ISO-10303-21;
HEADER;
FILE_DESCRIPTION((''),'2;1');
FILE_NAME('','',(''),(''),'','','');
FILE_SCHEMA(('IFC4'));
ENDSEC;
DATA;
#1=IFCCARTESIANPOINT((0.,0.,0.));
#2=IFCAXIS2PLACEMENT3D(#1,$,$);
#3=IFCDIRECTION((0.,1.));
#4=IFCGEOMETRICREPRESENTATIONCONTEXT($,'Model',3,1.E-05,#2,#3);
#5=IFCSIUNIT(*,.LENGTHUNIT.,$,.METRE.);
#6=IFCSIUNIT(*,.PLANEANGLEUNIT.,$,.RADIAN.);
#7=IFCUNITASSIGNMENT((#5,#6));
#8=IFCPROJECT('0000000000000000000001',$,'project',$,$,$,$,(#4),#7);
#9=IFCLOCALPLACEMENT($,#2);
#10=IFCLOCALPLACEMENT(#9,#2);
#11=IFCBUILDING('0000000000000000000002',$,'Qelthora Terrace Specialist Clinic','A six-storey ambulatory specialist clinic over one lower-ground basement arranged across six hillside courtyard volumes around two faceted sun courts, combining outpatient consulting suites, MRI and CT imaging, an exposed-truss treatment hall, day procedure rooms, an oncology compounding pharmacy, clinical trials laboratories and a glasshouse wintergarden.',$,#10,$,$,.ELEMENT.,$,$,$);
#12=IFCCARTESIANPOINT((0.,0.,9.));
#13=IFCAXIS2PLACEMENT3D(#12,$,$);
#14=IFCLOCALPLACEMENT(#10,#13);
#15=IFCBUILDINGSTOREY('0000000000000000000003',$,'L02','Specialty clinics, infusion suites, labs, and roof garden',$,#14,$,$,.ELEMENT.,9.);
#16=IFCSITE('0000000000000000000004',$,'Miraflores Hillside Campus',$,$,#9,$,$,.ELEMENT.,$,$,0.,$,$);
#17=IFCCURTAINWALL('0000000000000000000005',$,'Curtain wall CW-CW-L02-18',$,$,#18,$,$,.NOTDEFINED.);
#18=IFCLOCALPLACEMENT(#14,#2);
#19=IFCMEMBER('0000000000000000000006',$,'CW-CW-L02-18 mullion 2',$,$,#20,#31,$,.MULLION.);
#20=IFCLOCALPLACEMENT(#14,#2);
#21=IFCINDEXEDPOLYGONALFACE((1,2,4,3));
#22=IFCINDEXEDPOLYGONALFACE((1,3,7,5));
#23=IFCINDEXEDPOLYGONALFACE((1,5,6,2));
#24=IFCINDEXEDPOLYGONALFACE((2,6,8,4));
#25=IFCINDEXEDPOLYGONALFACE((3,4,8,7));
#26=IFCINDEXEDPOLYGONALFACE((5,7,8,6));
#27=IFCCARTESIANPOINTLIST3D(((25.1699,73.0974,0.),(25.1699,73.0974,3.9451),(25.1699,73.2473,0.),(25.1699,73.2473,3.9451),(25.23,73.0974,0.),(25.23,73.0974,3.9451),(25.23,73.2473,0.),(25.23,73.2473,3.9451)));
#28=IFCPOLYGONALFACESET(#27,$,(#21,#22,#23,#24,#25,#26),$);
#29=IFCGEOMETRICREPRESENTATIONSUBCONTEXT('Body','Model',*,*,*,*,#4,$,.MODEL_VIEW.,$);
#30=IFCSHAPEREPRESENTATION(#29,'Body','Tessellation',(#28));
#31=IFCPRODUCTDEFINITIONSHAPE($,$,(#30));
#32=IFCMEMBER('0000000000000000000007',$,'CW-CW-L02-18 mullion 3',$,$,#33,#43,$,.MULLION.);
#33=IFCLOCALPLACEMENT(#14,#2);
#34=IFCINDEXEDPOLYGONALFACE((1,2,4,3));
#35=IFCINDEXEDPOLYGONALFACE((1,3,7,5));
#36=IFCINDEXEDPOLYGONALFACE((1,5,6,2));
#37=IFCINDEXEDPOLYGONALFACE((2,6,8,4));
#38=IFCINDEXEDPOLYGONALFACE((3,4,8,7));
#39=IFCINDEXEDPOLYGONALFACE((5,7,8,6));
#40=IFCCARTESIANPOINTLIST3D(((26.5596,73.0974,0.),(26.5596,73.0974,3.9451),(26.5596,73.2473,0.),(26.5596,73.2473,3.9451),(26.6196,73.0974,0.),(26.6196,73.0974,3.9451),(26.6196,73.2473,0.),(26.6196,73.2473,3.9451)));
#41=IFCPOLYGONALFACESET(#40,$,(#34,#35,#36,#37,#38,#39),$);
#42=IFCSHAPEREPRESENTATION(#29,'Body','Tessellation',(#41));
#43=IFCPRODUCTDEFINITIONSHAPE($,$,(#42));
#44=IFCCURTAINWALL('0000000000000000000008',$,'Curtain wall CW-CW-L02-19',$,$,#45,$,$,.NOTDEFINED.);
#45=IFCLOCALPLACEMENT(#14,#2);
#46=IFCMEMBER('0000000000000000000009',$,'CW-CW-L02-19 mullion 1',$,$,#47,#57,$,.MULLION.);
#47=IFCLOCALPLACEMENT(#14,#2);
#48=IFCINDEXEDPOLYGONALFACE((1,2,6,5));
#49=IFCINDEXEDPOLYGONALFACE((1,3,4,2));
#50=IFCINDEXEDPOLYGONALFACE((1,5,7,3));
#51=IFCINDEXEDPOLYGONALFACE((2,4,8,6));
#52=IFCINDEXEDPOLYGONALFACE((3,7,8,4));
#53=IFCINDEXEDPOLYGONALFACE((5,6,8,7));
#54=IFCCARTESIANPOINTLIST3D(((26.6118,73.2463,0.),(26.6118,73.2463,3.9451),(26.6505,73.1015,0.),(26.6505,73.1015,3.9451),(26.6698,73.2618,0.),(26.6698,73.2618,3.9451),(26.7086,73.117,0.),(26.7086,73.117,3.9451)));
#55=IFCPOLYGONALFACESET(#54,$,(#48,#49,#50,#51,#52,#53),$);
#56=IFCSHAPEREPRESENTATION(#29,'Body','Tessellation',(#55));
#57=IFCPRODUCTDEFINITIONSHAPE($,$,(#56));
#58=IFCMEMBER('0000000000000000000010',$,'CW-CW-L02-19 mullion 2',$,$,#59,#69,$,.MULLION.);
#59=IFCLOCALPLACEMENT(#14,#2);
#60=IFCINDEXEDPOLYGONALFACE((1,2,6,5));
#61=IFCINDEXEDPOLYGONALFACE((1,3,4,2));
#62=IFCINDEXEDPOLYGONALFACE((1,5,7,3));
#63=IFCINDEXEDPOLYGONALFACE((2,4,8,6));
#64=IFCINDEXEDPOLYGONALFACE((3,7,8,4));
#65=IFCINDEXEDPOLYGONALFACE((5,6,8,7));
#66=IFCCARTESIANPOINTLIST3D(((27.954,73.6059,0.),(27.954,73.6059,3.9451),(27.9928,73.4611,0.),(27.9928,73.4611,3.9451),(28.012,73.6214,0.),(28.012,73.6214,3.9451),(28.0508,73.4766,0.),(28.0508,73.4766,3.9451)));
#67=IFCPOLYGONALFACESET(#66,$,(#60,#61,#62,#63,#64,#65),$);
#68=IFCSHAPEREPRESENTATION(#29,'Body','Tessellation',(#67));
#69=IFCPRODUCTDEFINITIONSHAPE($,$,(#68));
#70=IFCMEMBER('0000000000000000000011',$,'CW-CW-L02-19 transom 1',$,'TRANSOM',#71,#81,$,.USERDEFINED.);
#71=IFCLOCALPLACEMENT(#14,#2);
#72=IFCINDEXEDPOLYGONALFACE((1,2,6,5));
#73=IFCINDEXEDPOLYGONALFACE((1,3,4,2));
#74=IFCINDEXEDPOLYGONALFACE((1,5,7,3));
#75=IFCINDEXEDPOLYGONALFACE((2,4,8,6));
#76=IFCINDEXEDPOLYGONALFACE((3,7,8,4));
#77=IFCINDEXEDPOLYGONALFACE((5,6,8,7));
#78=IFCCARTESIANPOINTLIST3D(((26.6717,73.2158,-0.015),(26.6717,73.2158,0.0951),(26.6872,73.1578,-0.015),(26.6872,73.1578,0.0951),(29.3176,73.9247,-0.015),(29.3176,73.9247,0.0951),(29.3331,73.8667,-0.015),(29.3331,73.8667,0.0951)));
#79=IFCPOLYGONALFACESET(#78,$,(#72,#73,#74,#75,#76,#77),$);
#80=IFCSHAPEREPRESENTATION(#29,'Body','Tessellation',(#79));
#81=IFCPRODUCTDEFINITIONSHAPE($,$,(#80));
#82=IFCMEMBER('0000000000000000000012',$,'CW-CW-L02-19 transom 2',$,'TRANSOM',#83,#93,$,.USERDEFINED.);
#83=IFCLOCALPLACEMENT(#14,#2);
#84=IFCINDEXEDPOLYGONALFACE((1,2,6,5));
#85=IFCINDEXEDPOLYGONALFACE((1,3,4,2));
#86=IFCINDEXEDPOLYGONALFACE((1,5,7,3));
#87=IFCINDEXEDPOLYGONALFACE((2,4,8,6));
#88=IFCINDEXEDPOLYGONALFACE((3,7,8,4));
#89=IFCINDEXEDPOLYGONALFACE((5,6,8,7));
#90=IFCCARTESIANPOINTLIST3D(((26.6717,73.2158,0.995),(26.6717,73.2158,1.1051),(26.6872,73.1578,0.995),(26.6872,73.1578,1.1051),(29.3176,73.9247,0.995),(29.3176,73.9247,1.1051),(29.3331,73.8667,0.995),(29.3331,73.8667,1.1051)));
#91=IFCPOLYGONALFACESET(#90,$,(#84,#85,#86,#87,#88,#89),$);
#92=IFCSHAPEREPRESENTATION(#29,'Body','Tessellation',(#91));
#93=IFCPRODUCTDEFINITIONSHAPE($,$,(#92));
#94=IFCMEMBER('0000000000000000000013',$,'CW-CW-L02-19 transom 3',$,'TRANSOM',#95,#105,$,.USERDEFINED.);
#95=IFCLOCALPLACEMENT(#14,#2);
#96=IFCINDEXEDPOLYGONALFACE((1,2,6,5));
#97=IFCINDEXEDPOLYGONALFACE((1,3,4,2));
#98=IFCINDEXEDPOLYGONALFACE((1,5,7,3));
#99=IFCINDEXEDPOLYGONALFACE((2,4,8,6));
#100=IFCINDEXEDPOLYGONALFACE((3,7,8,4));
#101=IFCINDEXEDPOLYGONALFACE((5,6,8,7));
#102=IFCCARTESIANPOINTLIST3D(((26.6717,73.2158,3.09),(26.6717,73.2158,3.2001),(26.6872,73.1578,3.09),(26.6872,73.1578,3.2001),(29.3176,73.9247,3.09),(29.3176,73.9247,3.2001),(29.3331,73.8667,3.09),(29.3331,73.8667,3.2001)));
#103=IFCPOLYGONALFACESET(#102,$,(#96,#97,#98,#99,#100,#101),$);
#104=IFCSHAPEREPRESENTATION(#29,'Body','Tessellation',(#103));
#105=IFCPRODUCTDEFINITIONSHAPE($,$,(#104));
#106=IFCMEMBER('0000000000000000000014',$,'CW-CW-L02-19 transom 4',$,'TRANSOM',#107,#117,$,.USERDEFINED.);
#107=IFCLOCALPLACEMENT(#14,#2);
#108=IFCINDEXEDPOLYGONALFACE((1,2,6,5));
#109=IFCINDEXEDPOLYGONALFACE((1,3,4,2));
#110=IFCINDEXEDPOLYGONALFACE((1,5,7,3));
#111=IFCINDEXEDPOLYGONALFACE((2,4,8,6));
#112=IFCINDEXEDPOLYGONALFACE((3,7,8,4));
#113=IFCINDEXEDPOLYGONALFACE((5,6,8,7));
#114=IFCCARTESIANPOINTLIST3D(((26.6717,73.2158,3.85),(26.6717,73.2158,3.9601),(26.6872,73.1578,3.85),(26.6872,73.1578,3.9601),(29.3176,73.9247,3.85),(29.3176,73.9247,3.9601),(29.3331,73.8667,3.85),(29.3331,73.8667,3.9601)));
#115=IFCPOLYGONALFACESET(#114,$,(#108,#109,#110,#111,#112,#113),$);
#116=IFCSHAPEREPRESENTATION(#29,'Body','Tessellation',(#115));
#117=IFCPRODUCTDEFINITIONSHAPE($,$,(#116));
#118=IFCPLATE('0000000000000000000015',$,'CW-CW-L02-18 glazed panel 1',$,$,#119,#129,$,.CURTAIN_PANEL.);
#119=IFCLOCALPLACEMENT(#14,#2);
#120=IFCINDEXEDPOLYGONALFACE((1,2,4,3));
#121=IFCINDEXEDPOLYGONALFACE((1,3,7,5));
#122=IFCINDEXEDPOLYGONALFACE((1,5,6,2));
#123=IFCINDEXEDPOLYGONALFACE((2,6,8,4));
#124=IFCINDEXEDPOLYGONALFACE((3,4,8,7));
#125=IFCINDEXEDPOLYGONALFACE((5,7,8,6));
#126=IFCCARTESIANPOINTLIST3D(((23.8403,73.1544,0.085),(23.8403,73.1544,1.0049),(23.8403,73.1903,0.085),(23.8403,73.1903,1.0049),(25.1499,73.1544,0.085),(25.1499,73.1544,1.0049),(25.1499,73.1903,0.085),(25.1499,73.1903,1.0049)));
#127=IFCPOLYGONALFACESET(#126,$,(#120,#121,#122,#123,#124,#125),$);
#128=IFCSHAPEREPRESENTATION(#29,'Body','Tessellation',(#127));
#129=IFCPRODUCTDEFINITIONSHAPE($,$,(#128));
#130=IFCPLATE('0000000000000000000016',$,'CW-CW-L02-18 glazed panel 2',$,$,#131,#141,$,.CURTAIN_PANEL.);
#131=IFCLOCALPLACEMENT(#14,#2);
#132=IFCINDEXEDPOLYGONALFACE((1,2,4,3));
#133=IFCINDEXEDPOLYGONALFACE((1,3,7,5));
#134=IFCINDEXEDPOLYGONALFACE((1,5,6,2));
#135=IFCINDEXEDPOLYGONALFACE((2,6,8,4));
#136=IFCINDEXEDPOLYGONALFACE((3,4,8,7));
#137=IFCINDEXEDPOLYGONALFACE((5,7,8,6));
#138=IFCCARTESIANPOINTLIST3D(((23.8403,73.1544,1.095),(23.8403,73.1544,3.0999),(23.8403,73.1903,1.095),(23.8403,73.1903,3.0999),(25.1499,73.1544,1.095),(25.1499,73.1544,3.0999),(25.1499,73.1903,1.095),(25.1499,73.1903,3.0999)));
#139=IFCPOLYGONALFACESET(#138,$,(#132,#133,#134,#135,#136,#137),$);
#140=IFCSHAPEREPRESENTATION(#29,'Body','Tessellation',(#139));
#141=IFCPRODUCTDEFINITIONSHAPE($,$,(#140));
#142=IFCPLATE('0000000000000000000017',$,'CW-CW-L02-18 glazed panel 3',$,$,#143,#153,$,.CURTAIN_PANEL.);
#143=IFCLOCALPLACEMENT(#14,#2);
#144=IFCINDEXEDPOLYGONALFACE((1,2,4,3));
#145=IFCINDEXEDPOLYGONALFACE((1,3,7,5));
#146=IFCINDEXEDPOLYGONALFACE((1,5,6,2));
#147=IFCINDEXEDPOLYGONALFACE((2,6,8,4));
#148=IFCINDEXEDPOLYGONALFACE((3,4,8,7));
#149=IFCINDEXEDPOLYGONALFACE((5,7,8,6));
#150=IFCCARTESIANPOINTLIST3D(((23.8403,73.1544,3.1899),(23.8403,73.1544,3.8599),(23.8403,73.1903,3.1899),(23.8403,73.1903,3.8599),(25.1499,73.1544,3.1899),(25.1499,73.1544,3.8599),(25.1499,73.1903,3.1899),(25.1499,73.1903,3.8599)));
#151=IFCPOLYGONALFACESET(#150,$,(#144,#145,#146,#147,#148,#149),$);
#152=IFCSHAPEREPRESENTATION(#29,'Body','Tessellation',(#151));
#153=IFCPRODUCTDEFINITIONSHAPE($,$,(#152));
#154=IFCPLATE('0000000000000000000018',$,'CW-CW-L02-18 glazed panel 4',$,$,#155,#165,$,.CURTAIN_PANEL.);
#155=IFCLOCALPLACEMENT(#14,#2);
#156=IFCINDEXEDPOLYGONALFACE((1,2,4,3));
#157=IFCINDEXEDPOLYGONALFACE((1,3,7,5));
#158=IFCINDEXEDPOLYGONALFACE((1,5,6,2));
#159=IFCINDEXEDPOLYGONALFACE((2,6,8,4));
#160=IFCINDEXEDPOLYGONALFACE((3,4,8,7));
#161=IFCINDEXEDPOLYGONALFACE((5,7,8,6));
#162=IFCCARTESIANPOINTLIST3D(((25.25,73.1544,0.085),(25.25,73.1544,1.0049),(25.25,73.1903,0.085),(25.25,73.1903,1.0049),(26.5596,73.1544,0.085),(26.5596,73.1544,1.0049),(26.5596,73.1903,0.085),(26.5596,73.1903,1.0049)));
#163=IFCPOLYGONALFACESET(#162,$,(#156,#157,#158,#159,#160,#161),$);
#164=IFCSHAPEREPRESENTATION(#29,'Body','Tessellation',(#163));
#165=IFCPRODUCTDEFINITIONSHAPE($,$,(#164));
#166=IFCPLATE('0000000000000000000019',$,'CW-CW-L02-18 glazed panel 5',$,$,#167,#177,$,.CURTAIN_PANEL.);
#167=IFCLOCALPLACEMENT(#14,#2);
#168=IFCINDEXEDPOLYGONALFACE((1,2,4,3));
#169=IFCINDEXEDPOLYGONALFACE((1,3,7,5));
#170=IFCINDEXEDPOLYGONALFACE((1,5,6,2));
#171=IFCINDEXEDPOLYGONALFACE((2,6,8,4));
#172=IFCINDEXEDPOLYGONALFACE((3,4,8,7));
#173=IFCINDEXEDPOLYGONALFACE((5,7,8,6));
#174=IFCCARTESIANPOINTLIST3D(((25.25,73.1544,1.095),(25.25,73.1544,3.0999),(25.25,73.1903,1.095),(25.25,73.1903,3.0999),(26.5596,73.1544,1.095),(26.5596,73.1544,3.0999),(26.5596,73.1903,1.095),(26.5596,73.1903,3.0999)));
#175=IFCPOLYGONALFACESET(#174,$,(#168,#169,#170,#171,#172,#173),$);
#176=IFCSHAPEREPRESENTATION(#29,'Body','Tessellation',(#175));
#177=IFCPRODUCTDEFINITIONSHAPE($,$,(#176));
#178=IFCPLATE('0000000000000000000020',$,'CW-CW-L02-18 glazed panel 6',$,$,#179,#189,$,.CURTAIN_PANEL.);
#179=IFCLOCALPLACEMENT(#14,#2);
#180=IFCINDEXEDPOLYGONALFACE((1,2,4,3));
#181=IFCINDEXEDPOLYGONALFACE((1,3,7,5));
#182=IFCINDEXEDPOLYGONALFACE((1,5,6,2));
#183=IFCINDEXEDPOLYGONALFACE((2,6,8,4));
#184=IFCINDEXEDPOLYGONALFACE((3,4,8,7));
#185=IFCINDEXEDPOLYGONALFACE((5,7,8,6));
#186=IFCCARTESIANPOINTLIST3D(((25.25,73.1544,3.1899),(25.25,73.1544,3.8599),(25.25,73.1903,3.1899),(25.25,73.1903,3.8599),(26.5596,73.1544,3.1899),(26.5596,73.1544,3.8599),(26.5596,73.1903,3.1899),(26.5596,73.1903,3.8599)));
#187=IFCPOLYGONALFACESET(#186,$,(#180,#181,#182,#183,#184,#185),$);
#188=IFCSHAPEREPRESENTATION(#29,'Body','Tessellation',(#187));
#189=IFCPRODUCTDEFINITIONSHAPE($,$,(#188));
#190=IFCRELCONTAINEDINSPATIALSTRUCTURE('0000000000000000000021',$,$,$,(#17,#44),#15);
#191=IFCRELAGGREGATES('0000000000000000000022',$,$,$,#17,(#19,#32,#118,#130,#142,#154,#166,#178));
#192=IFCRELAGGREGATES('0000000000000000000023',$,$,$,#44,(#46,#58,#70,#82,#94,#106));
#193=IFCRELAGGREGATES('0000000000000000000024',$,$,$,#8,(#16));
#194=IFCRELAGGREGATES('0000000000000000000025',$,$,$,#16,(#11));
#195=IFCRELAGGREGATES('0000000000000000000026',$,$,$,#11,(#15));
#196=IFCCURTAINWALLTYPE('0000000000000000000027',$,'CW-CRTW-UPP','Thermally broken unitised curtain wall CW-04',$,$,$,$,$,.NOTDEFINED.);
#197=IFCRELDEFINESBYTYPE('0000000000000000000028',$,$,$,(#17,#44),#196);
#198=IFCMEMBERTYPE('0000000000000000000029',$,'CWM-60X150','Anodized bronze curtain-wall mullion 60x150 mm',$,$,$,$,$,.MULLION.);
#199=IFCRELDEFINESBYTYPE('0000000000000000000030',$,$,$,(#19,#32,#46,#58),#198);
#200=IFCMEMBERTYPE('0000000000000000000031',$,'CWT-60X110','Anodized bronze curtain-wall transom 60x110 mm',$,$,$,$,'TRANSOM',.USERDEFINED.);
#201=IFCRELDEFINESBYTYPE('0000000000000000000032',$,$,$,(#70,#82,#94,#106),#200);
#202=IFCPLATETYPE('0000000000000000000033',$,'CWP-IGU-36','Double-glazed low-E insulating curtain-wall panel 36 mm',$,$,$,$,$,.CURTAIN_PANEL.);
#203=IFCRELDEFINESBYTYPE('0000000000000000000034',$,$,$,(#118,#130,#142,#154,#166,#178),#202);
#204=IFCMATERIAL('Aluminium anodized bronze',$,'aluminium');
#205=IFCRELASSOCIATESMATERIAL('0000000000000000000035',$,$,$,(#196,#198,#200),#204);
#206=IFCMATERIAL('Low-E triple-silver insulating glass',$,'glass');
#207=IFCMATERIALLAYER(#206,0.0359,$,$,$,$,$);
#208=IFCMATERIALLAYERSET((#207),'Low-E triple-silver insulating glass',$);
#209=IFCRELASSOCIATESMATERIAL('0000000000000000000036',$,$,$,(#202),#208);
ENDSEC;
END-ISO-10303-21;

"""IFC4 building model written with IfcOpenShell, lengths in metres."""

from ifc_helpers import new_model, si_unit, direction, frame, origin, origin_2d, place, context, subcontext, project, spatial, rectangle, extrude, material, layer, layer_set, material_profile, profile_set, type_object, element, aggregate, save


model = new_model("IFC4")

# Units and contexts
model_context = context("Model", 3, precision=1e-05, world=origin(), true_north=direction((0.0, 1.0)))
body_context = subcontext(model_context, "Body", "Model", "MODEL_VIEW")
ifc_project = project(units=[si_unit("LENGTHUNIT", "METRE"), si_unit("PLANEANGLEUNIT", "RADIAN")], contexts=[model_context])

# Site, building, storey
site_placement = place(None, origin())
site = spatial("IfcSite", under=ifc_project, at=site_placement, Name="Miraflores Hillside Campus", CompositionType="ELEMENT", RefElevation=0.0)
building_placement = place(site_placement, origin())
building = spatial("IfcBuilding", under=site, at=building_placement, Name="Qelthora Terrace Specialist Clinic", Description="A six-storey ambulatory specialist clinic over one lower-ground basement arranged across six hillside courtyard volumes around two faceted sun courts, combining outpatient consulting suites, MRI and CT imaging, an exposed-truss treatment hall, day procedure rooms, an oncology compounding pharmacy, clinical trials laboratories and a glasshouse wintergarden.", CompositionType="ELEMENT")
storey_placement = place(building_placement, frame((0.0, 0.0, 9.0)))
storey = spatial("IfcBuildingStorey", under=building, at=storey_placement, Name="L02", Description="Specialty clinics, infusion suites, labs, and roof garden", CompositionType="ELEMENT", Elevation=9.0)

# Curtain walls, members
ifc_material_1 = material(Name="Aluminium anodized bronze", Category="aluminium")
curtain_wall_type = type_object("IfcCurtainWallType", Name="CW-CRTW-UPP", Description="Thermally broken unitised curtain wall CW-04", PredefinedType="NOTDEFINED", material=ifc_material_1)
curtain_wall_1_placement = place(storey_placement, origin())
curtain_wall_1 = element("IfcCurtainWall", 1, at=curtain_wall_1_placement, inside=storey, type_object=curtain_wall_type, Name="Curtain wall CW-CW-L02-18", PredefinedType="NOTDEFINED")
ifc_material_profile_1 = material_profile(ifc_material_1, rectangle(XDim=0.0601, YDim=0.1499, at=origin_2d()), Name="CWM60X150")
ifc_profile_set_1 = profile_set([ifc_material_profile_1], Name="Aluminium anodized bronze")
member_type_1 = type_object("IfcMemberType", Name="CWM-60X150", Description="Anodized bronze curtain-wall mullion 60x150 mm", PredefinedType="MULLION", material=ifc_profile_set_1)
member_1_placement = place(storey_placement, frame((25.2, 73.1724, 0.0), z_axis=(0.0, 0.0, 1.0), x_axis=(1.0, 0.0, 0.0)))
member_1 = element("IfcMember", 2, at=member_1_placement, type_object=member_type_1, Name="CW-CW-L02-18 mullion 2", PredefinedType="MULLION", context=body_context, shape_type="SweptSolid", body=[
    extrude(rectangle(XDim=0.0601, YDim=0.1499, at=origin_2d()), origin(), (0.0, 0.0, 1.0), 3.9451),
])
member_2_placement = place(storey_placement, frame((26.5896, 73.1724, 0.0), z_axis=(0.0, 0.0, 1.0), x_axis=(1.0, 0.0, 0.0)))
member_2 = element("IfcMember", 3, at=member_2_placement, type_object=member_type_1, Name="CW-CW-L02-18 mullion 3", PredefinedType="MULLION", context=body_context, shape_type="SweptSolid", body=[
    extrude(rectangle(XDim=0.0601, YDim=0.1499, at=origin_2d()), origin(), (0.0, 0.0, 1.0), 3.9451),
])
curtain_wall_2_placement = place(storey_placement, origin())
curtain_wall_2 = element("IfcCurtainWall", 4, at=curtain_wall_2_placement, inside=storey, type_object=curtain_wall_type, Name="Curtain wall CW-CW-L02-19", PredefinedType="NOTDEFINED")
member_3_placement = place(storey_placement, frame((26.6602, 73.1816, 0.0), z_axis=(0.0, 0.0, 1.0), x_axis=(0.965925, 0.25882, 0.0)))
member_3 = element("IfcMember", 5, at=member_3_placement, type_object=member_type_1, Name="CW-CW-L02-19 mullion 1", PredefinedType="MULLION", context=body_context, shape_type="SweptSolid", body=[
    extrude(rectangle(XDim=0.0601, YDim=0.1499, at=origin_2d()), origin(), (0.0, 0.0, 1.0), 3.9451),
])
member_4_placement = place(storey_placement, frame((28.0024, 73.5413, 0.0), z_axis=(0.0, 0.0, 1.0), x_axis=(0.965925, 0.25882, 0.0)))
member_4 = element("IfcMember", 6, at=member_4_placement, type_object=member_type_1, Name="CW-CW-L02-19 mullion 2", PredefinedType="MULLION", context=body_context, shape_type="SweptSolid", body=[
    extrude(rectangle(XDim=0.0601, YDim=0.1499, at=origin_2d()), origin(), (0.0, 0.0, 1.0), 3.9451),
])
ifc_material_profile_2 = material_profile(ifc_material_1, rectangle(XDim=0.0601, YDim=0.1101, at=origin_2d()), Name="CWT60X110")
ifc_profile_set_2 = profile_set([ifc_material_profile_2], Name="Aluminium anodized bronze")
member_type_2 = type_object("IfcMemberType", Name="CWT-60X110", Description="Anodized bronze curtain-wall transom 60x110 mm", ElementType="TRANSOM", PredefinedType="USERDEFINED", material=ifc_profile_set_2)
member_5_placement = place(storey_placement, frame((26.6794, 73.1868, 0.04), z_axis=(0.965927, 0.258816, 0.0), x_axis=(-0.258816, 0.965927, 0.0)))
member_5 = element("IfcMember", 7, at=member_5_placement, type_object=member_type_2, Name="CW-CW-L02-19 transom 1", ObjectType="TRANSOM", PredefinedType="USERDEFINED", context=body_context, shape_type="SweptSolid", body=[
    extrude(rectangle(XDim=0.0601, YDim=0.1101, at=origin_2d()), origin(), (0.0, 0.0, 1.0), 2.7393),
])
member_6_placement = place(storey_placement, frame((26.6794, 73.1868, 1.05), z_axis=(0.965927, 0.258816, 0.0), x_axis=(-0.258816, 0.965927, 0.0)))
member_6 = element("IfcMember", 8, at=member_6_placement, type_object=member_type_2, Name="CW-CW-L02-19 transom 2", ObjectType="TRANSOM", PredefinedType="USERDEFINED", context=body_context, shape_type="SweptSolid", body=[
    extrude(rectangle(XDim=0.0601, YDim=0.1101, at=origin_2d()), origin(), (0.0, 0.0, 1.0), 2.7393),
])
member_7_placement = place(storey_placement, frame((26.6794, 73.1868, 3.145), z_axis=(0.965927, 0.258816, 0.0), x_axis=(-0.258816, 0.965927, 0.0)))
member_7 = element("IfcMember", 9, at=member_7_placement, type_object=member_type_2, Name="CW-CW-L02-19 transom 3", ObjectType="TRANSOM", PredefinedType="USERDEFINED", context=body_context, shape_type="SweptSolid", body=[
    extrude(rectangle(XDim=0.0601, YDim=0.1101, at=origin_2d()), origin(), (0.0, 0.0, 1.0), 2.7393),
])
member_8_placement = place(storey_placement, frame((26.6794, 73.1868, 3.905), z_axis=(0.965927, 0.258816, 0.0), x_axis=(-0.258816, 0.965927, 0.0)))
member_8 = element("IfcMember", 10, at=member_8_placement, type_object=member_type_2, Name="CW-CW-L02-19 transom 4", ObjectType="TRANSOM", PredefinedType="USERDEFINED", context=body_context, shape_type="SweptSolid", body=[
    extrude(rectangle(XDim=0.0601, YDim=0.1101, at=origin_2d()), origin(), (0.0, 0.0, 1.0), 2.7393),
])

# Plates
ifc_material_2 = material(Name="Low-E triple-silver insulating glass", Category="glass")
ifc_layer = layer(ifc_material_2, 0.0359)
ifc_layer_set = layer_set([ifc_layer], Name="Low-E triple-silver insulating glass")
plate_type = type_object("IfcPlateType", Name="CWP-IGU-36", Description="Double-glazed low-E insulating curtain-wall panel 36 mm", PredefinedType="CURTAIN_PANEL", material=ifc_layer_set)
plate_1_placement = place(storey_placement, frame((24.4951, 73.1724, 0.085), z_axis=(0.0, 0.0, 1.0), x_axis=(1.0, 0.0, 0.0)))
plate_1 = element("IfcPlate", 11, at=plate_1_placement, type_object=plate_type, Name="CW-CW-L02-18 glazed panel 1", PredefinedType="CURTAIN_PANEL", context=body_context, shape_type="SweptSolid", body=[
    extrude(rectangle(XDim=1.3096, YDim=0.0359, at=origin_2d()), origin(), (0.0, 0.0, 1.0), 0.9199),
])
plate_2_placement = place(storey_placement, frame((24.4951, 73.1724, 1.095), z_axis=(0.0, 0.0, 1.0), x_axis=(1.0, 0.0, 0.0)))
plate_2 = element("IfcPlate", 12, at=plate_2_placement, type_object=plate_type, Name="CW-CW-L02-18 glazed panel 2", PredefinedType="CURTAIN_PANEL", context=body_context, shape_type="SweptSolid", body=[
    extrude(rectangle(XDim=1.3096, YDim=0.0359, at=origin_2d()), origin(), (0.0, 0.0, 1.0), 2.0049),
])
plate_3_placement = place(storey_placement, frame((24.4951, 73.1724, 3.1899), z_axis=(0.0, 0.0, 1.0), x_axis=(1.0, 0.0, 0.0)))
plate_3 = element("IfcPlate", 13, at=plate_3_placement, type_object=plate_type, Name="CW-CW-L02-18 glazed panel 3", PredefinedType="CURTAIN_PANEL", context=body_context, shape_type="SweptSolid", body=[
    extrude(rectangle(XDim=1.3096, YDim=0.0359, at=origin_2d()), origin(), (0.0, 0.0, 1.0), 0.6699),
])
plate_4_placement = place(storey_placement, frame((25.9048, 73.1724, 0.085), z_axis=(0.0, 0.0, 1.0), x_axis=(1.0, 0.0, 0.0)))
plate_4 = element("IfcPlate", 14, at=plate_4_placement, type_object=plate_type, Name="CW-CW-L02-18 glazed panel 4", PredefinedType="CURTAIN_PANEL", context=body_context, shape_type="SweptSolid", body=[
    extrude(rectangle(XDim=1.3096, YDim=0.0359, at=origin_2d()), origin(), (0.0, 0.0, 1.0), 0.9199),
])
plate_5_placement = place(storey_placement, frame((25.9048, 73.1724, 1.095), z_axis=(0.0, 0.0, 1.0), x_axis=(1.0, 0.0, 0.0)))
plate_5 = element("IfcPlate", 15, at=plate_5_placement, type_object=plate_type, Name="CW-CW-L02-18 glazed panel 5", PredefinedType="CURTAIN_PANEL", context=body_context, shape_type="SweptSolid", body=[
    extrude(rectangle(XDim=1.3096, YDim=0.0359, at=origin_2d()), origin(), (0.0, 0.0, 1.0), 2.0049),
])
plate_6_placement = place(storey_placement, frame((25.9048, 73.1724, 3.1899), z_axis=(0.0, 0.0, 1.0), x_axis=(1.0, 0.0, 0.0)))
plate_6 = element("IfcPlate", 16, at=plate_6_placement, type_object=plate_type, Name="CW-CW-L02-18 glazed panel 6", PredefinedType="CURTAIN_PANEL", context=body_context, shape_type="SweptSolid", body=[
    extrude(rectangle(XDim=1.3096, YDim=0.0359, at=origin_2d()), origin(), (0.0, 0.0, 1.0), 0.6699),
])
aggregate(curtain_wall_1, [member_1, member_2, plate_1, plate_2, plate_3, plate_4, plate_5, plate_6])
aggregate(curtain_wall_2, [member_3, member_4, member_5, member_6, member_7, member_8])

save(model, "model.ifc")
